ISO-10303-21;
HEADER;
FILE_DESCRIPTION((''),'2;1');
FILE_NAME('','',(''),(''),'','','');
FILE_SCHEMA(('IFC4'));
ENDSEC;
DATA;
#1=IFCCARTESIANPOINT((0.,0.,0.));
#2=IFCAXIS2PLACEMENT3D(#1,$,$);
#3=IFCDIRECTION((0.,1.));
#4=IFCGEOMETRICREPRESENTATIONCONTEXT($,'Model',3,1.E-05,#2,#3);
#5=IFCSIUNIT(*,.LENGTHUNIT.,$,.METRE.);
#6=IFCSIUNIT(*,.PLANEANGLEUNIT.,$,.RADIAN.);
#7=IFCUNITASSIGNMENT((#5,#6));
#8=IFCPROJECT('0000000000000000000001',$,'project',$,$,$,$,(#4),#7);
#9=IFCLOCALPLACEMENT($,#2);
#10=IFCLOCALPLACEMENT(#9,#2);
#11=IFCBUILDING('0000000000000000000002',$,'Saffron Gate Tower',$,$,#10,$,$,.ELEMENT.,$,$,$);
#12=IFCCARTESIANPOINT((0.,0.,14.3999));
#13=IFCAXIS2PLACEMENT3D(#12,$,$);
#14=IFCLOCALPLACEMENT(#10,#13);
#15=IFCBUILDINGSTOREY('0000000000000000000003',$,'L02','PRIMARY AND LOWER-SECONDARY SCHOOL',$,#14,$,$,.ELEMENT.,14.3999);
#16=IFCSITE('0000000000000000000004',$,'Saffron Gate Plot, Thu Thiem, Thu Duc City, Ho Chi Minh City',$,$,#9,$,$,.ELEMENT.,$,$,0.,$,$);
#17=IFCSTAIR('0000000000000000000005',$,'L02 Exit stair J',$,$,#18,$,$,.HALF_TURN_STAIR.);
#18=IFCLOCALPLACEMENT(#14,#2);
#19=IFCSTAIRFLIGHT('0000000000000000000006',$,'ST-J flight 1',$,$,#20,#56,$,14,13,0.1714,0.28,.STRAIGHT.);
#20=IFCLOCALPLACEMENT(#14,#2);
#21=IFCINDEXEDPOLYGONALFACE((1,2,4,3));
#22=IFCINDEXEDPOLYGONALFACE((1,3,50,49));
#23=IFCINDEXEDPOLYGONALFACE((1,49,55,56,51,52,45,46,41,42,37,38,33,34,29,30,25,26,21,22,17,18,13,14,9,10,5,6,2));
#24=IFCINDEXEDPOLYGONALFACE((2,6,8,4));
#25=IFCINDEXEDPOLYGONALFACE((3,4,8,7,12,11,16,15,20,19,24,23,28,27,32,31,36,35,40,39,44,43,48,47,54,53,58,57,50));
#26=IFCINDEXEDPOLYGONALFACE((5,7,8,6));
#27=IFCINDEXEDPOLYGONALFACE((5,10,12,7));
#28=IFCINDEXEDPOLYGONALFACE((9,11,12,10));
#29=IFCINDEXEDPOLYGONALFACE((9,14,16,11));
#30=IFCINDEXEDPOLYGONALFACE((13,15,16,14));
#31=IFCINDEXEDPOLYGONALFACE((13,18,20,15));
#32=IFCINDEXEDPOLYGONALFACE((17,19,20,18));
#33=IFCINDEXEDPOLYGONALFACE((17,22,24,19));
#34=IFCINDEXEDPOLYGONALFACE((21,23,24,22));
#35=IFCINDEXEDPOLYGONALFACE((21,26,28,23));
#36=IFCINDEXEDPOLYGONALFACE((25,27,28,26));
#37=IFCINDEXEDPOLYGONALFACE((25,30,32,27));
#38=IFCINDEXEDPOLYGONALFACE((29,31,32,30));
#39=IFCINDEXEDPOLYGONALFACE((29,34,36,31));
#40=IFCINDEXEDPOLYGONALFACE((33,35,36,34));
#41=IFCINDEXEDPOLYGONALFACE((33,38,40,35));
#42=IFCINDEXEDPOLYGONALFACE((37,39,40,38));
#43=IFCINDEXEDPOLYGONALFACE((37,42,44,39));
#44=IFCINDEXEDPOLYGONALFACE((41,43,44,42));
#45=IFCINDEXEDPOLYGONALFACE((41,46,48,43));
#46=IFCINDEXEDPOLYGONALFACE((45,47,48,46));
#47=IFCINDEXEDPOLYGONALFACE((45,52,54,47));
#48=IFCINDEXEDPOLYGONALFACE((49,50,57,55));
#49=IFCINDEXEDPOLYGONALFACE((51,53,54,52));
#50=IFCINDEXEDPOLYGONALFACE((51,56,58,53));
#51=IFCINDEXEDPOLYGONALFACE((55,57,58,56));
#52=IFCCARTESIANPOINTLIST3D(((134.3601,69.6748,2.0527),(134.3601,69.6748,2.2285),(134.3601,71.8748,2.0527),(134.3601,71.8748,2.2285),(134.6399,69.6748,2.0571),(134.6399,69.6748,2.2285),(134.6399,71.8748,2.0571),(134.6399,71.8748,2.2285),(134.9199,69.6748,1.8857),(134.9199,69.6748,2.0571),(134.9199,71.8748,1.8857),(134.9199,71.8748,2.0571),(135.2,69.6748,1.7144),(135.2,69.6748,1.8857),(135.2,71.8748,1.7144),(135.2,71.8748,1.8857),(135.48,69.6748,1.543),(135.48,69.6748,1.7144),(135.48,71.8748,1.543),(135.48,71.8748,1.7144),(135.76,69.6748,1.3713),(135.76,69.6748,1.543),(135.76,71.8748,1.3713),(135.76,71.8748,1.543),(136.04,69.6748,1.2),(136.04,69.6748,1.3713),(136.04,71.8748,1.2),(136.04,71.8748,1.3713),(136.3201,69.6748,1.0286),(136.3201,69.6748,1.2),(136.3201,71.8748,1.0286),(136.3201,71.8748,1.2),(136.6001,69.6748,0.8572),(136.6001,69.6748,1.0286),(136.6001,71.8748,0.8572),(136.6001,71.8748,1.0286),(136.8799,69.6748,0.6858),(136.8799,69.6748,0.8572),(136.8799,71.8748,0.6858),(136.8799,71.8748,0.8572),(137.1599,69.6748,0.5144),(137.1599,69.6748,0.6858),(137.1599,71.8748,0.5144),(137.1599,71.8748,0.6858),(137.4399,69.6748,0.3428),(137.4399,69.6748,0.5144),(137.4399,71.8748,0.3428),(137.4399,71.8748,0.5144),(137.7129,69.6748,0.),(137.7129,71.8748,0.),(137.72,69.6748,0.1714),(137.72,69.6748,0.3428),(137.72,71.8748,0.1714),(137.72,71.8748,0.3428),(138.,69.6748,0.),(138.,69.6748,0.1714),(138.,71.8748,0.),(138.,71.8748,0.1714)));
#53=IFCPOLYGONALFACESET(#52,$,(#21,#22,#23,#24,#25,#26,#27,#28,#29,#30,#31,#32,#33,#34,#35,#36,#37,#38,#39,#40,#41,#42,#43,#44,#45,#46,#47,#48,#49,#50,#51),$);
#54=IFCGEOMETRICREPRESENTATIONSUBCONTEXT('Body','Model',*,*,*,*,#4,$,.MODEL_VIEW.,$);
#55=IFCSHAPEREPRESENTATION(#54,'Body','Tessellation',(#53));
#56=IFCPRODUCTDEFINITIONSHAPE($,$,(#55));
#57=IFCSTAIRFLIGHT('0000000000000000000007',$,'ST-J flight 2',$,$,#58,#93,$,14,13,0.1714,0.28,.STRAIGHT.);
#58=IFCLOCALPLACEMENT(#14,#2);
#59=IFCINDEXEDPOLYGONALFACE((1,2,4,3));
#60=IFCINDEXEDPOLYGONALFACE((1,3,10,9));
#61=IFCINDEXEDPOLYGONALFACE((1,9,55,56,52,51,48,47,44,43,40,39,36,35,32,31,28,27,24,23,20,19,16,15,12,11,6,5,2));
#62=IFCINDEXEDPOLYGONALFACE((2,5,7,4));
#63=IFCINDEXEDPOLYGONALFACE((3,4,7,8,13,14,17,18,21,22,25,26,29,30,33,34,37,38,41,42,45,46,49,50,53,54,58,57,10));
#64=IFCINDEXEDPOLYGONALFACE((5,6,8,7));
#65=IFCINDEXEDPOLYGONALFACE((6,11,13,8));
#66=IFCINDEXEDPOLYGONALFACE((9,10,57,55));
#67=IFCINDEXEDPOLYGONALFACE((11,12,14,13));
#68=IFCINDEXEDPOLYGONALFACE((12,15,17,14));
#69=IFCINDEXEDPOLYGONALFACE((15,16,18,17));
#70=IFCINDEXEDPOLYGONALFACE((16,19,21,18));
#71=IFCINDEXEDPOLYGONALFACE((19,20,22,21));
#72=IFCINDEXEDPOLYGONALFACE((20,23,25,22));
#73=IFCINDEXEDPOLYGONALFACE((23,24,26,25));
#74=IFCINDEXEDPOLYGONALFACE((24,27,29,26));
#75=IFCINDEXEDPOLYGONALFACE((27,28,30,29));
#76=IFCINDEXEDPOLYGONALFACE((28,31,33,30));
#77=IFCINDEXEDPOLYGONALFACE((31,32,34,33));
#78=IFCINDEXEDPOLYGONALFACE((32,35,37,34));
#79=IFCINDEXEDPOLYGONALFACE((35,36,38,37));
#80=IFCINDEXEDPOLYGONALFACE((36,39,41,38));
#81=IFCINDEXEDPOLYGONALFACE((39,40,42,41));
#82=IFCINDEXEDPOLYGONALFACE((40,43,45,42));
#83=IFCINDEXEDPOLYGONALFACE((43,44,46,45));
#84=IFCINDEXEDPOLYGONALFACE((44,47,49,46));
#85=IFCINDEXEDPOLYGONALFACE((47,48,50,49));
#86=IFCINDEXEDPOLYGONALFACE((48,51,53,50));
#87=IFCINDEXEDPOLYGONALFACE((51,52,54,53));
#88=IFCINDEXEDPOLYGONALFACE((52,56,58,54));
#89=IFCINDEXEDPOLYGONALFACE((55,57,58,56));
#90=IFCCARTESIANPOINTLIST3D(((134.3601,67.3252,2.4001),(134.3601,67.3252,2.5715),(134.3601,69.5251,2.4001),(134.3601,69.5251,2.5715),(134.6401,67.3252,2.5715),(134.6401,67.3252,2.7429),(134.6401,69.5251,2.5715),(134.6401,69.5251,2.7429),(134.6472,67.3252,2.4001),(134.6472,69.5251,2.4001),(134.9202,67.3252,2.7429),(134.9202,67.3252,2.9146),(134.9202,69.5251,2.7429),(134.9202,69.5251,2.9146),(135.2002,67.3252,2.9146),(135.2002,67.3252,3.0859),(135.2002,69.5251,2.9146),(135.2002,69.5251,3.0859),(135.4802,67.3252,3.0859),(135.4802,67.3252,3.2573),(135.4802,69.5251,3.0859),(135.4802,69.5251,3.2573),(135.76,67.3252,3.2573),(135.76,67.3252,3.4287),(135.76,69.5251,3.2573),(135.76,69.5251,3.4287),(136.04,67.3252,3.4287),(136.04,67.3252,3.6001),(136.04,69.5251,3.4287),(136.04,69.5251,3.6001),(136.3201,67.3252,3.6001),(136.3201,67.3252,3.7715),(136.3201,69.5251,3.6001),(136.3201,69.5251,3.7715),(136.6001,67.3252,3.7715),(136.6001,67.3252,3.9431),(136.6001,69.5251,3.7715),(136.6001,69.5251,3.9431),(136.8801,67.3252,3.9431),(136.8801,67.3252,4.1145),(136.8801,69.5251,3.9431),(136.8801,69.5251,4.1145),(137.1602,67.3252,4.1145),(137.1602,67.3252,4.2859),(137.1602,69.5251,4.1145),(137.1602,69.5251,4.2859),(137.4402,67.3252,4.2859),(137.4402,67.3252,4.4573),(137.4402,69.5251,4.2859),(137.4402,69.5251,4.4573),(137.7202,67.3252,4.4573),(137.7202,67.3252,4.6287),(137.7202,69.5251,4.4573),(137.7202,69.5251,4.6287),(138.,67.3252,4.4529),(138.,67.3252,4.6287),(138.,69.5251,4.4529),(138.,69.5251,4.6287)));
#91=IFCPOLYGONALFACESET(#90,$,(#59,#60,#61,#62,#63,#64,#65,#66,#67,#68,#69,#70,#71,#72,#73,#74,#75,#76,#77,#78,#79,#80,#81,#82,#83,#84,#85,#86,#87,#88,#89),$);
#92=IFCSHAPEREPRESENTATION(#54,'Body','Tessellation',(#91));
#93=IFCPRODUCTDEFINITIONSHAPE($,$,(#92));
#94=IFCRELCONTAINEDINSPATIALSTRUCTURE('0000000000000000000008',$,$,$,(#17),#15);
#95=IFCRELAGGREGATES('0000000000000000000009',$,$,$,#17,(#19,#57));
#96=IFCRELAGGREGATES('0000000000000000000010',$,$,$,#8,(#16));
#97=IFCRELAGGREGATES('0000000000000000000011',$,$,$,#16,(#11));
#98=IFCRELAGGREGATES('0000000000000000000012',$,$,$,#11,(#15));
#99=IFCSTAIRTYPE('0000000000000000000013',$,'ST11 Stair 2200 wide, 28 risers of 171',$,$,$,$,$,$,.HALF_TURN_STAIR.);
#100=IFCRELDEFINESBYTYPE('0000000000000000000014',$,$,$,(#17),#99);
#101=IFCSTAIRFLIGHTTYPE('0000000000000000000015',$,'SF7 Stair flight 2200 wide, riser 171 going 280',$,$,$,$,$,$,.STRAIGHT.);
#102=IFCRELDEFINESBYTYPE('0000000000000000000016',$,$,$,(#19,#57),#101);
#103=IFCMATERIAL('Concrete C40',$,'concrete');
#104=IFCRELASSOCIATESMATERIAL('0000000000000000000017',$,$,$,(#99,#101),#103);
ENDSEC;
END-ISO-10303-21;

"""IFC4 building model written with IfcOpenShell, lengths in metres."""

from ifc_helpers import new_model, si_unit, direction, frame, origin, place, context, subcontext, project, spatial, polyline, outline, extrude, material, type_object, element, aggregate, save


model = new_model("IFC4")

# Units and contexts
model_context = context("Model", 3, precision=1e-05, world=origin(), true_north=direction((0.0, 1.0)))
body_context = subcontext(model_context, "Body", "Model", "MODEL_VIEW")
ifc_project = project(units=[si_unit("LENGTHUNIT", "METRE"), si_unit("PLANEANGLEUNIT", "RADIAN")], contexts=[model_context])

# Site, building, storey
site_placement = place(None, origin())
site = spatial("IfcSite", under=ifc_project, at=site_placement, Name="Saffron Gate Plot, Thu Thiem, Thu Duc City, Ho Chi Minh City", CompositionType="ELEMENT", RefElevation=0.0)
building_placement = place(site_placement, origin())
building = spatial("IfcBuilding", under=site, at=building_placement, Name="Saffron Gate Tower", CompositionType="ELEMENT")
storey_placement = place(building_placement, frame((0.0, 0.0, 14.3999)))
storey = spatial("IfcBuildingStorey", under=building, at=storey_placement, Name="L02", Description="PRIMARY AND LOWER-SECONDARY SCHOOL", CompositionType="ELEMENT", Elevation=14.3999)

# Stair, stair flights
ifc_material_1 = material(Name="Concrete C40", Category="concrete")
stair_type = type_object("IfcStairType", Name="ST11 Stair 2200 wide, 28 risers of 171", PredefinedType="HALF_TURN_STAIR", material=ifc_material_1)
stair_placement = place(storey_placement, origin())
stair = element("IfcStair", 1, at=stair_placement, inside=storey, type_object=stair_type, Name="L02 Exit stair J", PredefinedType="HALF_TURN_STAIR")
stair_flight_type = type_object("IfcStairFlightType", Name="SF7 Stair flight 2200 wide, riser 171 going 280", PredefinedType="STRAIGHT", material=ifc_material_1)
stair_flight_1_placement = place(storey_placement, frame((138.0, 70.7749, 0.0), z_axis=(0.0, 0.0, 1.0), x_axis=(-1.0, 0.0, 0.0)))
stair_flight_1 = element("IfcStairFlight", 2, at=stair_flight_1_placement, type_object=stair_flight_type, Name="ST-J flight 1", NumberOfRisers=14, NumberOfTreads=13, PredefinedType="STRAIGHT", RiserHeight=0.1714, TreadLength=0.28, context=body_context, shape_type="SweptSolid", body=[
    extrude(outline(polyline([(0.0, 0.0), (0.0, 0.1714), (0.28, 0.1714), (0.28, 0.3428), (0.5601, 0.3428), (0.5601, 0.5144), (0.8401, 0.5144), (0.8401, 0.6858), (1.1201, 0.6858), (1.1201, 0.8572), (1.3999, 0.8572), (1.3999, 1.0286), (1.6799, 1.0286), (1.6799, 1.2), (1.96, 1.2), (1.96, 1.3713), (2.24, 1.3713), (2.24, 1.543), (2.52, 1.543), (2.52, 1.7144), (2.8, 1.7144), (2.8, 1.8857), (3.0801, 1.8857), (3.0801, 2.0571), (3.3601, 2.0571), (3.3601, 2.2285), (3.6399, 2.2285), (3.6399, 2.3999), (3.6399, 2.0527), (0.2871, 0.0), (0.0, 0.0)])), frame((0.0, 1.1001, 0.0), z_axis=(0.0, -1.0, 0.0), x_axis=(1.0, 0.0, 0.0)), (0.0, 0.0, 1.0), 2.2),
])
stair_flight_2_placement = place(storey_placement, frame((134.3601, 68.425, 2.4001), z_axis=(0.0, 0.0, 1.0), x_axis=(1.0, 0.0, 0.0)))
stair_flight_2 = element("IfcStairFlight", 3, at=stair_flight_2_placement, type_object=stair_flight_type, Name="ST-J flight 2", NumberOfRisers=14, NumberOfTreads=13, PredefinedType="STRAIGHT", RiserHeight=0.1714, TreadLength=0.28, context=body_context, shape_type="SweptSolid", body=[
    extrude(outline(polyline([(0.0, 0.0), (0.0, 0.1714), (0.28, 0.1714), (0.28, 0.3428), (0.5601, 0.3428), (0.5601, 0.5144), (0.8401, 0.5144), (0.8401, 0.6858), (1.1201, 0.6858), (1.1201, 0.8572), (1.3999, 0.8572), (1.3999, 1.0286), (1.6799, 1.0286), (1.6799, 1.2), (1.96, 1.2), (1.96, 1.3713), (2.24, 1.3713), (2.24, 1.543), (2.52, 1.543), (2.52, 1.7144), (2.8, 1.7144), (2.8, 1.8857), (3.0801, 1.8857), (3.0801, 2.0571), (3.3601, 2.0571), (3.3601, 2.2285), (3.6399, 2.2285), (3.6399, 2.3999), (3.6399, 2.0527), (0.2871, 0.0), (0.0, 0.0)])), frame((0.0, 1.1001, 0.0), z_axis=(0.0, -1.0, 0.0), x_axis=(1.0, 0.0, 0.0)), (0.0, 0.0, 1.0), 2.2),
])
aggregate(stair, [stair_flight_1, stair_flight_2])

save(model, "model.ifc")
